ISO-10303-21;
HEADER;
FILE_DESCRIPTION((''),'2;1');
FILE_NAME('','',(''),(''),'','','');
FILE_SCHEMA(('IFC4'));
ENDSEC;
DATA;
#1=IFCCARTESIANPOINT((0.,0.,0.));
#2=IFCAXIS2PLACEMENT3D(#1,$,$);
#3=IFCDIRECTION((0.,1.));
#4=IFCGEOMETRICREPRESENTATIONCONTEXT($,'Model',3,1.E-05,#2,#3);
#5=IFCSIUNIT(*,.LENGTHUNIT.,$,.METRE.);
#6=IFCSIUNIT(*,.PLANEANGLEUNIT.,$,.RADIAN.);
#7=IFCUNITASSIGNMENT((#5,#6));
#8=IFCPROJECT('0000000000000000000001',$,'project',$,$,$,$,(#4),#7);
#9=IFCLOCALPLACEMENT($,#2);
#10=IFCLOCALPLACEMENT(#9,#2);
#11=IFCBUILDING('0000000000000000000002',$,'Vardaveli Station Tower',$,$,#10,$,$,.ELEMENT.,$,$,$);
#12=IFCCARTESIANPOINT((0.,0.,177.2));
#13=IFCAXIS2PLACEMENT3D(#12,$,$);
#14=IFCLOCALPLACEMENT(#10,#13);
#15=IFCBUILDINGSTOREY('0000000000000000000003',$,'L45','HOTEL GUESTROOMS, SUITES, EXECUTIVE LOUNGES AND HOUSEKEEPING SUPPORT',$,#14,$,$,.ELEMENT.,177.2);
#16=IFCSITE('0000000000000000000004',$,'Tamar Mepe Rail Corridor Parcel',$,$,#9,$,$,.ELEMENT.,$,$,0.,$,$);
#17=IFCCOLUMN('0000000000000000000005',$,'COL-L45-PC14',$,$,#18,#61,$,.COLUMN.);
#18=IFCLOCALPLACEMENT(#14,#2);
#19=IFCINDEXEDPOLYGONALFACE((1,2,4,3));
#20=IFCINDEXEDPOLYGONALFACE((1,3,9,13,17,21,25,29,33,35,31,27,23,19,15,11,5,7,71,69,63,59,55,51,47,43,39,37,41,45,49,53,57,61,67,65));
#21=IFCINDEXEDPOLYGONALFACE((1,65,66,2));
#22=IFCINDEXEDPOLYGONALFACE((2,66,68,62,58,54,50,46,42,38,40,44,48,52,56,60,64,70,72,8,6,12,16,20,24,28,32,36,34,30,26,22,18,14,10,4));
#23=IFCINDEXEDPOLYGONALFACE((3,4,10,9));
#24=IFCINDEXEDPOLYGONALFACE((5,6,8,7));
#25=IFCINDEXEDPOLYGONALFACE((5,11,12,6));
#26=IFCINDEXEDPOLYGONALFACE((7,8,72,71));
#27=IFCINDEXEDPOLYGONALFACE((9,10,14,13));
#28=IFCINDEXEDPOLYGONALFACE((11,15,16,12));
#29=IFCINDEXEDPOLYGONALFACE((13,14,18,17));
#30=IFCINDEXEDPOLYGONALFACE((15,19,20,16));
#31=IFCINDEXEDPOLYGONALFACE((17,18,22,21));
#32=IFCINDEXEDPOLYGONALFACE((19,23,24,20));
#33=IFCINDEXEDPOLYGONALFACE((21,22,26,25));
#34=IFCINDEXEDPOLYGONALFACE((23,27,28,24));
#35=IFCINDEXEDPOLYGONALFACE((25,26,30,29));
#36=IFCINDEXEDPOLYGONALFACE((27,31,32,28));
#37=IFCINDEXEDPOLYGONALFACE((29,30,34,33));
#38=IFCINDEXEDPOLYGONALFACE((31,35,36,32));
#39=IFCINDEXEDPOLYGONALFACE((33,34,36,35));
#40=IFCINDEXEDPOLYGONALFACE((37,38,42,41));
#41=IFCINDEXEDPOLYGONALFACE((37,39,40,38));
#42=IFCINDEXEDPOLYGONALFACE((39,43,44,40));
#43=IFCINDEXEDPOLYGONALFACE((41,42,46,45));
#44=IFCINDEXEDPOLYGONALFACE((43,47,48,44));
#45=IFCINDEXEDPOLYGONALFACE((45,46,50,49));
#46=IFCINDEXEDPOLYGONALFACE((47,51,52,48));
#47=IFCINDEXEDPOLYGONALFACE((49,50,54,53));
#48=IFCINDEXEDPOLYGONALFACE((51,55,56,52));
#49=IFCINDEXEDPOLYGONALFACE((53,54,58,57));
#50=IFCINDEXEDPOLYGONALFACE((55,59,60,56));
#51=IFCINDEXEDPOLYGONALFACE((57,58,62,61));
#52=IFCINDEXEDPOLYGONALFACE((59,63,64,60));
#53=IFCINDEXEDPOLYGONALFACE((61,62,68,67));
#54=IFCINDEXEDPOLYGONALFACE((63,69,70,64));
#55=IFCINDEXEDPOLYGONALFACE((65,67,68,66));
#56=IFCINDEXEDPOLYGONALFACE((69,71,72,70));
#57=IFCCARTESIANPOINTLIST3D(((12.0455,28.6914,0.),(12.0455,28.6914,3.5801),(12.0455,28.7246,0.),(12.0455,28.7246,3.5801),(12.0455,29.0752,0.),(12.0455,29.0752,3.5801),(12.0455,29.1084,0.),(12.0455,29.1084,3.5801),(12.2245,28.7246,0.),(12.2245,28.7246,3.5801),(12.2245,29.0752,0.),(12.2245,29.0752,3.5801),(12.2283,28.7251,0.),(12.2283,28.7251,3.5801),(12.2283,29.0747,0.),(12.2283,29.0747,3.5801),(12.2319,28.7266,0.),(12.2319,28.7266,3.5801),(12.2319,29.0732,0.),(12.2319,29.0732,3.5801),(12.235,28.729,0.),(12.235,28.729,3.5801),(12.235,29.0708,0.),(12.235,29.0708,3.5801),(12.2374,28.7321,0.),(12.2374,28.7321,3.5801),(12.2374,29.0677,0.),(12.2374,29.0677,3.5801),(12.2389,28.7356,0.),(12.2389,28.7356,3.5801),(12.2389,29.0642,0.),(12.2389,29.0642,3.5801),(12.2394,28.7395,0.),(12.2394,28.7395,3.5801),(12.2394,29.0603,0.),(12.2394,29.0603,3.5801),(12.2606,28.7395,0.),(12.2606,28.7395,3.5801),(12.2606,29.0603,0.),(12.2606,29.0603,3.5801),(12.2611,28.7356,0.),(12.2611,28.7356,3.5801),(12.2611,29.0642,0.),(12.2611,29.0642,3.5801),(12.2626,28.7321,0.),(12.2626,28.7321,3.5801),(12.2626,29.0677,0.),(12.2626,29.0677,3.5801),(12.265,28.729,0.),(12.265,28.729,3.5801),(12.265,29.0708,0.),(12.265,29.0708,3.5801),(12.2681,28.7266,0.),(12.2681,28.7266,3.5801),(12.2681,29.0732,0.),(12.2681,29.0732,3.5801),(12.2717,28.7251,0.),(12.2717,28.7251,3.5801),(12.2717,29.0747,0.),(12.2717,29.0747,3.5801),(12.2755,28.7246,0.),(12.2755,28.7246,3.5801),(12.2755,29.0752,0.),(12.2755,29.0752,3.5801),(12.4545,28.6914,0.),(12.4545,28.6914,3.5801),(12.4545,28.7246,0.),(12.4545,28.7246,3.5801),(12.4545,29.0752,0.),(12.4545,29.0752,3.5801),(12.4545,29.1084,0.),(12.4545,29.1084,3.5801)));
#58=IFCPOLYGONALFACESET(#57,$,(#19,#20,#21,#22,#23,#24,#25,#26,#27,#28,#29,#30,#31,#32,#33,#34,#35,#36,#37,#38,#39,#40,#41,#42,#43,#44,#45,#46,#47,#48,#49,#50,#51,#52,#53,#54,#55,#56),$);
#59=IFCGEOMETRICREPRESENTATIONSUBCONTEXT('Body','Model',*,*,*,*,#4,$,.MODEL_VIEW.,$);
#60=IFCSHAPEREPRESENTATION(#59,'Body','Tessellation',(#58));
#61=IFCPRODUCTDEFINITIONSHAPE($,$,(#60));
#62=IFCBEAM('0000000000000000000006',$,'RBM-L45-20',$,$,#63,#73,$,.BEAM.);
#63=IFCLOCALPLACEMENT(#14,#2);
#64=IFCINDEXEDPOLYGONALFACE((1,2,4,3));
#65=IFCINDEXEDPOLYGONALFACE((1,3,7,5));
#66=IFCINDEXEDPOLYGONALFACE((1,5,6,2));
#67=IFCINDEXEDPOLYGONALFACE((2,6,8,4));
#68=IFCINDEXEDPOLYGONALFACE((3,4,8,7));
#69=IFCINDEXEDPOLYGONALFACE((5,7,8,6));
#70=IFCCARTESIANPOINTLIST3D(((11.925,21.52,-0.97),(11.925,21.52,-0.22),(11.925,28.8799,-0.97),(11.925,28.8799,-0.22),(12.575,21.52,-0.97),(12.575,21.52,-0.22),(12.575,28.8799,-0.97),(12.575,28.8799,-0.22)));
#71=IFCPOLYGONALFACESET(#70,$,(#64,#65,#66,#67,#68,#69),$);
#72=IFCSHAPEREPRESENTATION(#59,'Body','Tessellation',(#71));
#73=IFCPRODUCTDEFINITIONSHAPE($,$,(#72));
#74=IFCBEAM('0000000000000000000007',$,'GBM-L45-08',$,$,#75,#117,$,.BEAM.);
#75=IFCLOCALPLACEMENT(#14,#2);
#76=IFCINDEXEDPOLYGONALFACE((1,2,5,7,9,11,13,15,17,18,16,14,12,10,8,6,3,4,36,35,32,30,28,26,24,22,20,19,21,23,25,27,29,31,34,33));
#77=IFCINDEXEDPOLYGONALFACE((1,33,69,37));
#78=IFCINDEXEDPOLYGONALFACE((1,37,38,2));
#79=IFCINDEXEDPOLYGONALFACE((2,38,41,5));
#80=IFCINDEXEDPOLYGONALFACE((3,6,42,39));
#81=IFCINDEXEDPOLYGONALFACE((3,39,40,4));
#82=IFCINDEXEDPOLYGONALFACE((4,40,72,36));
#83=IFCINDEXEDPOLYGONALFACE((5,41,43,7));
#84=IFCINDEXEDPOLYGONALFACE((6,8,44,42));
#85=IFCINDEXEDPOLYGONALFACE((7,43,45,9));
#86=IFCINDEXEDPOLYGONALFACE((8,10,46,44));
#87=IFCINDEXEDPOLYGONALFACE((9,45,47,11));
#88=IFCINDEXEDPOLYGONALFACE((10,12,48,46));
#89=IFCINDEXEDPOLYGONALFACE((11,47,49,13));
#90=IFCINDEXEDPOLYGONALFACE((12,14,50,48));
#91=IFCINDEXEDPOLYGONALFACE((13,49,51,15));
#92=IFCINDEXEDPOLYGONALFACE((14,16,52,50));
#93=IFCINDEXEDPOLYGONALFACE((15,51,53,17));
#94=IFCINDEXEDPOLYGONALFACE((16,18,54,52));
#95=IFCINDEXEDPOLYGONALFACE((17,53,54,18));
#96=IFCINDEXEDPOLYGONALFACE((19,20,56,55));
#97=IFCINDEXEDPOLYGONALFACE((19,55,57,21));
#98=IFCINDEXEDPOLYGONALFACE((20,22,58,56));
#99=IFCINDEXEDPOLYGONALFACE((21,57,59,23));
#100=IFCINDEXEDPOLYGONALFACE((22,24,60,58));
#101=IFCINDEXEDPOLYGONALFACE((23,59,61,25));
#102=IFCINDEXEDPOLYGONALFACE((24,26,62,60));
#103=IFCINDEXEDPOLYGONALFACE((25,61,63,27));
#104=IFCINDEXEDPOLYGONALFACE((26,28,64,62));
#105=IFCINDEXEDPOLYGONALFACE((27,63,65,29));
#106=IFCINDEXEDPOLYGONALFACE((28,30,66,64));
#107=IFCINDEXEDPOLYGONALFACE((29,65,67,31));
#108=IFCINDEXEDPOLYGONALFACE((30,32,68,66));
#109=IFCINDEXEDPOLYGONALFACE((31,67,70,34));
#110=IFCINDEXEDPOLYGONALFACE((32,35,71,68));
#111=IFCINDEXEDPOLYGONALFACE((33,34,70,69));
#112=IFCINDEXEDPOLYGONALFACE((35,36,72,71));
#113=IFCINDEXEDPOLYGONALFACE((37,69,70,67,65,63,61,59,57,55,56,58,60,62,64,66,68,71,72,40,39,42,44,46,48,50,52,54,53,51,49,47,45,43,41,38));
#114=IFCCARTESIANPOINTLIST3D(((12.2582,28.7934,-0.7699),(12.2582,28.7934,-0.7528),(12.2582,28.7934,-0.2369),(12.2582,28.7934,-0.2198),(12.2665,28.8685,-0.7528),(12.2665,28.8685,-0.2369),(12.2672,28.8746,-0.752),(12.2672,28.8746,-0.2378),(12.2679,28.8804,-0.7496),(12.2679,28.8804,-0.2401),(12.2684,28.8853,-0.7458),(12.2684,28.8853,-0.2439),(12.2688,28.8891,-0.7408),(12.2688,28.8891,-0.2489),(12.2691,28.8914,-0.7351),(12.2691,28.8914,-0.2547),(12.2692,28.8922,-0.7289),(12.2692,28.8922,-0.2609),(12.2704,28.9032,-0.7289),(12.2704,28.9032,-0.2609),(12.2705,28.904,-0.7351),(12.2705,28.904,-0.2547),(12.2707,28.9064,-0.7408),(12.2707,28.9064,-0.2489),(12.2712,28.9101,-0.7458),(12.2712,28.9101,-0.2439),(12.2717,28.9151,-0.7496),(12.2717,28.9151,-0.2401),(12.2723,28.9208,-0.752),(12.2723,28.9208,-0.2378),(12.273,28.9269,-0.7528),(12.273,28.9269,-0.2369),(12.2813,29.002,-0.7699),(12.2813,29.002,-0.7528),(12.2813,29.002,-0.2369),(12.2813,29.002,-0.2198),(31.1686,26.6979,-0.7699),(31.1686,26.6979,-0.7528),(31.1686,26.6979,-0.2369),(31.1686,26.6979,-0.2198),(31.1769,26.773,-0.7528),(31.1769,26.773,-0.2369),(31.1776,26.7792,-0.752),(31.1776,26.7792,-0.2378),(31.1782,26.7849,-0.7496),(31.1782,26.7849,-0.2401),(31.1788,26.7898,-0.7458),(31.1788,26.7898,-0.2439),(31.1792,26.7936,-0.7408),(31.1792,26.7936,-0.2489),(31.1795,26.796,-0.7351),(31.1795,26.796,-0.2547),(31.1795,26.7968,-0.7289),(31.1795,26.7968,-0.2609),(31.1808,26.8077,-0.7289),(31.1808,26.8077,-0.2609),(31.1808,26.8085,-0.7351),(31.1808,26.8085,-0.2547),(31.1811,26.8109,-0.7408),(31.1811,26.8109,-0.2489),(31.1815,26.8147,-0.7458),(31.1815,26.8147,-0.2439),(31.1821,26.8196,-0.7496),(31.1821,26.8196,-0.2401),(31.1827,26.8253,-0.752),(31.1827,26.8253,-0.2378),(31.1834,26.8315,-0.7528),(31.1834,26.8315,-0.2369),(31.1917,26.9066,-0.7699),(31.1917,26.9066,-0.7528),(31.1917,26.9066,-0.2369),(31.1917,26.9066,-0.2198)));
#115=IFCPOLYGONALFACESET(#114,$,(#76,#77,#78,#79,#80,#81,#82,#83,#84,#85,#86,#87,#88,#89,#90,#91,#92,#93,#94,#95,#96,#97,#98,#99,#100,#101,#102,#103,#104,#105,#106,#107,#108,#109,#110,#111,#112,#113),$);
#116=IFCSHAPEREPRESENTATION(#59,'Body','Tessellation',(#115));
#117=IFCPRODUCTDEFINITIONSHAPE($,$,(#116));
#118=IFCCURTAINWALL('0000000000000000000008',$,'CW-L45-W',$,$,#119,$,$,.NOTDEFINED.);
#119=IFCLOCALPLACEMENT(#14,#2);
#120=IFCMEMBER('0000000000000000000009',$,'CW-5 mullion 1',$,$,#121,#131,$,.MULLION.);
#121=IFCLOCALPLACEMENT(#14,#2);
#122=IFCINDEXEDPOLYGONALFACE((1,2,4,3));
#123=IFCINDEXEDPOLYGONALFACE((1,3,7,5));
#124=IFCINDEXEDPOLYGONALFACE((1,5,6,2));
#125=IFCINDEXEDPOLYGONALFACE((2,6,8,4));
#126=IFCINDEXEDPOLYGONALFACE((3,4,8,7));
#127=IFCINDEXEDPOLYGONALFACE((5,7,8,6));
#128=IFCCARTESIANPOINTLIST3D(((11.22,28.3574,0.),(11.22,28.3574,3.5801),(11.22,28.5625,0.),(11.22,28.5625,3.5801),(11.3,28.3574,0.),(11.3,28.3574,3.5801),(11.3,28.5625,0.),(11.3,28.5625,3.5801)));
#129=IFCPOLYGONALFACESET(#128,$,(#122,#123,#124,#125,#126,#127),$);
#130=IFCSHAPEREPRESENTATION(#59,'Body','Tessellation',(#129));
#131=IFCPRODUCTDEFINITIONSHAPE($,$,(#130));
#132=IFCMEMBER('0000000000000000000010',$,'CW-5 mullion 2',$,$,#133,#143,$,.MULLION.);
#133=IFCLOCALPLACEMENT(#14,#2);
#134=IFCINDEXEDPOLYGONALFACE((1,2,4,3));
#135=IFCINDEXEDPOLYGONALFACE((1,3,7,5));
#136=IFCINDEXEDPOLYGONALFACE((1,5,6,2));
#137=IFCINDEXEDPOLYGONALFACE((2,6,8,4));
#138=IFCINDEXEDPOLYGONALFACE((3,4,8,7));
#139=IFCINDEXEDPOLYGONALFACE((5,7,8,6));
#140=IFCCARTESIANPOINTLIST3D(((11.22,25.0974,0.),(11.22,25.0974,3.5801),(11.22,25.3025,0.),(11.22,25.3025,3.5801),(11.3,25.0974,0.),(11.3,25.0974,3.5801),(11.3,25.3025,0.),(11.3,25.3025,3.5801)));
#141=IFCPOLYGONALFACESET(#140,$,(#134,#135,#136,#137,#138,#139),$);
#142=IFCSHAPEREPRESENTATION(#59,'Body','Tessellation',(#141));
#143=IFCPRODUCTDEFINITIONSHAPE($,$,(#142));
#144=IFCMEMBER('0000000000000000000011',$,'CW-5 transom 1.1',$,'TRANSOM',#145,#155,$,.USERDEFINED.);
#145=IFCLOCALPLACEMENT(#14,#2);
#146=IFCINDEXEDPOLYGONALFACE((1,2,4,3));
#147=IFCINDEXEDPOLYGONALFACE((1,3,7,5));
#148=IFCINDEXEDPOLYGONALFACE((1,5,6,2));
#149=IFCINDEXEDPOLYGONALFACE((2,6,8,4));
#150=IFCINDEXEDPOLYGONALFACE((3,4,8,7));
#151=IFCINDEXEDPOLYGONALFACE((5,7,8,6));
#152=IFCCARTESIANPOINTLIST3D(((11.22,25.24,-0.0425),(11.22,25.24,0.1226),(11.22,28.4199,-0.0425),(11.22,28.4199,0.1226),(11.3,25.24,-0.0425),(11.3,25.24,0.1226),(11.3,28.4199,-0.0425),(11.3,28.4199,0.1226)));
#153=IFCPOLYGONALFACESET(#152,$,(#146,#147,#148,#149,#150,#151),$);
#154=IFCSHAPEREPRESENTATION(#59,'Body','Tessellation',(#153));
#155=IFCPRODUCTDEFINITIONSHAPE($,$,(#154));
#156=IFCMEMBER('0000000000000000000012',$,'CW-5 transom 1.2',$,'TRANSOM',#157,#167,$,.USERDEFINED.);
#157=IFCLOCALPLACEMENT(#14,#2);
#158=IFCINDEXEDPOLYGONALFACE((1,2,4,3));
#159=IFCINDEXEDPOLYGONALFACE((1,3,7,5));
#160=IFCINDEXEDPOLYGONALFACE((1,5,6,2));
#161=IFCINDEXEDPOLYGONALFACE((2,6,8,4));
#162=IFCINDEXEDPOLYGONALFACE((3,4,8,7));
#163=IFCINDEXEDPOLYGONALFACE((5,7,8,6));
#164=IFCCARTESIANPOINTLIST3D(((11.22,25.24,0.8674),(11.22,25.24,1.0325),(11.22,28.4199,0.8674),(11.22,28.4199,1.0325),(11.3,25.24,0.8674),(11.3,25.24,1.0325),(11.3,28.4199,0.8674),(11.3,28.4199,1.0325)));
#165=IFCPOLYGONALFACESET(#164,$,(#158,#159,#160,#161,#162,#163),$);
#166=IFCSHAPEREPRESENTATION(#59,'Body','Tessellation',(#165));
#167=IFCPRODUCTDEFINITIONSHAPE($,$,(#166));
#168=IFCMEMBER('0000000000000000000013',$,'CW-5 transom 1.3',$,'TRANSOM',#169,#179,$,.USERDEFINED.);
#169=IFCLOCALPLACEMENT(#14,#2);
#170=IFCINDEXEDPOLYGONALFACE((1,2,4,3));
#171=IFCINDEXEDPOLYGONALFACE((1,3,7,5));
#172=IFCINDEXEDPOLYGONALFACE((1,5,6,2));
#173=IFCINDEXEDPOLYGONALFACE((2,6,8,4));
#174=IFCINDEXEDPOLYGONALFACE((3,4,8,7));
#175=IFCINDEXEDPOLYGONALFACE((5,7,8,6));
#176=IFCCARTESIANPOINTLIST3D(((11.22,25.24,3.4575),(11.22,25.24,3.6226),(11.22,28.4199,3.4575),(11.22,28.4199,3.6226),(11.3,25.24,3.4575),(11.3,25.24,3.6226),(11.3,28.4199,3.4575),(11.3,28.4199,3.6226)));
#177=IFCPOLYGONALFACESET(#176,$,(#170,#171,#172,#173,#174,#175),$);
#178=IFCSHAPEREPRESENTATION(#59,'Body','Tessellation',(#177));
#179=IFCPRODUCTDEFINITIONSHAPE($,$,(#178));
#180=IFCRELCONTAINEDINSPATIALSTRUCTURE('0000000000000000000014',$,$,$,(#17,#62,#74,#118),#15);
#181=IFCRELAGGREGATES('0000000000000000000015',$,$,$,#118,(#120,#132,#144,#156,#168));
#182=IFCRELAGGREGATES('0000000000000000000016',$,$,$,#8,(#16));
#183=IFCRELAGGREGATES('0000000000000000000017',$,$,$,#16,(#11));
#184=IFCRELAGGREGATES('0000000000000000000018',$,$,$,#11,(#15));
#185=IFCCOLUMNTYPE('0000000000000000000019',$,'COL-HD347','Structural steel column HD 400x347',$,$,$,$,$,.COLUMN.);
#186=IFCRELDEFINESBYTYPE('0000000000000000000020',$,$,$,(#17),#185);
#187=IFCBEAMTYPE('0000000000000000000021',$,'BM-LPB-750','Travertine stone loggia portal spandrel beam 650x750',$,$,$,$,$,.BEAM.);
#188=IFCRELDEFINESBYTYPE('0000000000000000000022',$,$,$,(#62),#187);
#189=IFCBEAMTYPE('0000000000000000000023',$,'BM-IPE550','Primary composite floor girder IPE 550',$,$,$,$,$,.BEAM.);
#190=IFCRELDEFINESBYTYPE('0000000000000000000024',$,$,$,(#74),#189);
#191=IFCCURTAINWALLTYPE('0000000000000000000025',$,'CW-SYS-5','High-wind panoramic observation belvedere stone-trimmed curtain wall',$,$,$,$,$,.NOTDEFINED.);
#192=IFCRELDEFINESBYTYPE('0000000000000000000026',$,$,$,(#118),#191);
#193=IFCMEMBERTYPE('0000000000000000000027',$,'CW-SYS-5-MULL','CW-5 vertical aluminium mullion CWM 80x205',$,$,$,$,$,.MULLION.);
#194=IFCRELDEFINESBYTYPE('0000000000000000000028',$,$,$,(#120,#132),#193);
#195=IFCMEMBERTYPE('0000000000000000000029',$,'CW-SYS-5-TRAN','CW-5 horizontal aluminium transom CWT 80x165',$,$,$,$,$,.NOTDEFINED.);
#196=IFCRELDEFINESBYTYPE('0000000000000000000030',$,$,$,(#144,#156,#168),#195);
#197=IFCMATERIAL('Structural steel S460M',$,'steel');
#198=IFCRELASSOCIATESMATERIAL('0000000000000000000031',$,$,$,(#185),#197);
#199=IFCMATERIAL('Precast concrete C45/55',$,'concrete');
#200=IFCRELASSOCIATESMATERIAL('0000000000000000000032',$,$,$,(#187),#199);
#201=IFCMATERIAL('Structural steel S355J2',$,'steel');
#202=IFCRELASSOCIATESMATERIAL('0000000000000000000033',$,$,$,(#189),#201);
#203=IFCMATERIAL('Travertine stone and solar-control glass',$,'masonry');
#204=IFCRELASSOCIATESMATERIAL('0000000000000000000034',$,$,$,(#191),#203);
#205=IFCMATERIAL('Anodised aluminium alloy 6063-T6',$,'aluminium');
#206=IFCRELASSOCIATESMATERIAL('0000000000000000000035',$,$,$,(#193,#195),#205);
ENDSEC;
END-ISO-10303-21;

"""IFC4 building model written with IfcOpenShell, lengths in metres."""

from ifc_helpers import new_model, si_unit, direction, frame, origin, origin_2d, place, context, subcontext, project, spatial, rectangle, i_section, extrude, source, transform, mapped, material, material_profile, profile_set, type_object, element, aggregate, save


model = new_model("IFC4")

# Units and contexts
model_context = context("Model", 3, precision=1e-05, world=origin(), true_north=direction((0.0, 1.0)))
body_context = subcontext(model_context, "Body", "Model", "MODEL_VIEW")
ifc_project = project(units=[si_unit("LENGTHUNIT", "METRE"), si_unit("PLANEANGLEUNIT", "RADIAN")], contexts=[model_context])

# Site, building, storey
site_placement = place(None, origin())
site = spatial("IfcSite", under=ifc_project, at=site_placement, Name="Tamar Mepe Rail Corridor Parcel", CompositionType="ELEMENT", RefElevation=0.0)
building_placement = place(site_placement, origin())
building = spatial("IfcBuilding", under=site, at=building_placement, Name="Vardaveli Station Tower", CompositionType="ELEMENT")
storey_placement = place(building_placement, frame((0.0, 0.0, 177.2)))
storey = spatial("IfcBuildingStorey", under=building, at=storey_placement, Name="L45", Description="HOTEL GUESTROOMS, SUITES, EXECUTIVE LOUNGES AND HOUSEKEEPING SUPPORT", CompositionType="ELEMENT", Elevation=177.2)

# Column
ifc_material_1 = material(Name="Structural steel S460M", Category="steel")
ifc_material_profile_1 = material_profile(ifc_material_1, i_section(OverallWidth=0.4089, OverallDepth=0.417, WebThickness=0.0212, FlangeThickness=0.0332, FilletRadius=0.0149, at=origin_2d()), Name="HD 400x347")
ifc_profile_set_1 = profile_set([ifc_material_profile_1], Name="Structural steel S460M")
column_type = type_object("IfcColumnType", Name="COL-HD347", Description="Structural steel column HD 400x347", PredefinedType="COLUMN", material=ifc_profile_set_1)
shared_shape_1 = source(origin(), body_context, "Body", "SweptSolid", [
    extrude(i_section(OverallWidth=0.4089, OverallDepth=0.417, WebThickness=0.0212, FlangeThickness=0.0332, FilletRadius=0.0149, at=origin_2d()), origin(), (0.0, 0.0, 1.0), 3.5801),
])
column_placement = place(storey_placement, frame((12.25, 28.8999, 0.0), z_axis=(0.0, 0.0, 1.0), x_axis=(1.0, 0.0, 0.0)))
element("IfcColumn", 1, at=column_placement, inside=storey, type_object=column_type, Name="COL-L45-PC14", PredefinedType="COLUMN", context=body_context, shape_type="MappedRepresentation", body=[
    mapped(shared_shape_1, transform((0.0, 0.0, 0.0), scale=1.0)),
])

# Beams
ifc_material_2 = material(Name="Precast concrete C45/55", Category="concrete")
ifc_material_profile_2 = material_profile(ifc_material_2, rectangle(XDim=0.6499, YDim=0.75, at=origin_2d()), Name="LPB 650x750")
ifc_profile_set_2 = profile_set([ifc_material_profile_2], Name="Precast concrete C45/55")
beam_type_1 = type_object("IfcBeamType", Name="BM-LPB-750", Description="Travertine stone loggia portal spandrel beam 650x750", PredefinedType="BEAM", material=ifc_profile_set_2)
shared_shape_2 = source(origin(), body_context, "Body", "SweptSolid", [
    extrude(rectangle(XDim=0.6499, YDim=0.75, at=origin_2d()), origin(), (0.0, 0.0, 1.0), 7.3599),
])
beam_1_placement = place(storey_placement, frame((12.25, 28.8799, -0.595), z_axis=(0.0, -1.0, 0.0), x_axis=(1.0, 0.0, 0.0)))
element("IfcBeam", 2, at=beam_1_placement, inside=storey, type_object=beam_type_1, Name="RBM-L45-20", PredefinedType="BEAM", context=body_context, shape_type="MappedRepresentation", body=[
    mapped(shared_shape_2, transform((0.0, 0.0, 0.0), scale=1.0)),
])
ifc_material_3 = material(Name="Structural steel S355J2", Category="steel")
ifc_material_profile_3 = material_profile(ifc_material_3, i_section(OverallWidth=0.21, OverallDepth=0.55, WebThickness=0.011, FlangeThickness=0.0171, FilletRadius=0.0239, at=origin_2d()), Name="IPE 550")
ifc_profile_set_3 = profile_set([ifc_material_profile_3], Name="Structural steel S355J2")
beam_type_2 = type_object("IfcBeamType", Name="BM-IPE550", Description="Primary composite floor girder IPE 550", PredefinedType="BEAM", material=ifc_profile_set_3)
shared_shape_3 = source(origin(), body_context, "Body", "SweptSolid", [
    extrude(i_section(OverallWidth=0.21, OverallDepth=0.55, WebThickness=0.011, FlangeThickness=0.0171, FilletRadius=0.0239, at=origin_2d()), origin(), (0.0, 0.0, 1.0), 19.0261),
])
beam_2_placement = place(storey_placement, frame((12.2698, 28.8977, -0.4949), z_axis=(0.993917, -0.110136, 0.0), x_axis=(0.110136, 0.993917, 0.0)))
element("IfcBeam", 3, at=beam_2_placement, inside=storey, type_object=beam_type_2, Name="GBM-L45-08", PredefinedType="BEAM", context=body_context, shape_type="MappedRepresentation", body=[
    mapped(shared_shape_3, transform((0.0, 0.0, 0.0), scale=1.0)),
])

# Curtain wall, members
ifc_material_4 = material(Name="Travertine stone and solar-control glass", Category="masonry")
curtain_wall_type = type_object("IfcCurtainWallType", Name="CW-SYS-5", Description="High-wind panoramic observation belvedere stone-trimmed curtain wall", PredefinedType="NOTDEFINED", material=ifc_material_4)
curtain_wall_placement = place(storey_placement, origin())
curtain_wall = element("IfcCurtainWall", 4, at=curtain_wall_placement, inside=storey, type_object=curtain_wall_type, Name="CW-L45-W", PredefinedType="NOTDEFINED")
ifc_material_5 = material(Name="Anodised aluminium alloy 6063-T6", Category="aluminium")
ifc_material_profile_4 = material_profile(ifc_material_5, rectangle(XDim=0.0801, YDim=0.2051, at=origin_2d()), Name="CWM 80x205")
ifc_profile_set_4 = profile_set([ifc_material_profile_4], Name="Anodised aluminium alloy 6063-T6")
member_type_1 = type_object("IfcMemberType", Name="CW-SYS-5-MULL", Description="CW-5 vertical aluminium mullion CWM 80x205", PredefinedType="MULLION", material=ifc_profile_set_4)
shared_shape_4 = source(origin(), body_context, "Body", "SweptSolid", [
    extrude(rectangle(XDim=0.0801, YDim=0.2051, at=origin_2d()), origin(), (0.0, 0.0, 1.0), 3.5801),
])
member_1_placement = place(storey_placement, frame((11.26, 28.46, 0.0), z_axis=(0.0, 0.0, 1.0), x_axis=(1.0, 0.0, 0.0)))
member_1 = element("IfcMember", 5, at=member_1_placement, type_object=member_type_1, Name="CW-5 mullion 1", PredefinedType="MULLION", context=body_context, shape_type="MappedRepresentation", body=[
    mapped(shared_shape_4, transform((0.0, 0.0, 0.0), scale=1.0)),
])
member_2_placement = place(storey_placement, frame((11.26, 25.2, 0.0), z_axis=(0.0, 0.0, 1.0), x_axis=(1.0, 0.0, 0.0)))
member_2 = element("IfcMember", 6, at=member_2_placement, type_object=member_type_1, Name="CW-5 mullion 2", PredefinedType="MULLION", context=body_context, shape_type="MappedRepresentation", body=[
    mapped(shared_shape_4, transform((0.0, 0.0, 0.0), scale=1.0)),
])
ifc_material_profile_5 = material_profile(ifc_material_5, rectangle(XDim=0.0801, YDim=0.165, at=origin_2d()), Name="CWT 80x165")
ifc_profile_set_5 = profile_set([ifc_material_profile_5], Name="Anodised aluminium alloy 6063-T6")
member_type_2 = type_object("IfcMemberType", Name="CW-SYS-5-TRAN", Description="CW-5 horizontal aluminium transom CWT 80x165", PredefinedType="NOTDEFINED", material=ifc_profile_set_5)
shared_shape_5 = source(origin(), body_context, "Body", "SweptSolid", [
    extrude(rectangle(XDim=0.0801, YDim=0.165, at=origin_2d()), origin(), (0.0, 0.0, 1.0), 3.1799),
])
member_3_placement = place(storey_placement, frame((11.26, 28.4199, 0.04), z_axis=(0.0, -1.0, 0.0), x_axis=(1.0, 0.0, 0.0)))
member_3 = element("IfcMember", 7, at=member_3_placement, type_object=member_type_2, Name="CW-5 transom 1.1", ObjectType="TRANSOM", PredefinedType="USERDEFINED", context=body_context, shape_type="MappedRepresentation", body=[
    mapped(shared_shape_5, transform((0.0, 0.0, 0.0), scale=1.0)),
])
member_4_placement = place(storey_placement, frame((11.26, 28.4199, 0.95), z_axis=(0.0, -1.0, 0.0), x_axis=(1.0, 0.0, 0.0)))
member_4 = element("IfcMember", 8, at=member_4_placement, type_object=member_type_2, Name="CW-5 transom 1.2", ObjectType="TRANSOM", PredefinedType="USERDEFINED", context=body_context, shape_type="MappedRepresentation", body=[
    mapped(shared_shape_5, transform((0.0, 0.0, 0.0), scale=1.0)),
])
member_5_placement = place(storey_placement, frame((11.26, 28.4199, 3.54), z_axis=(0.0, -1.0, 0.0), x_axis=(1.0, 0.0, 0.0)))
member_5 = element("IfcMember", 9, at=member_5_placement, type_object=member_type_2, Name="CW-5 transom 1.3", ObjectType="TRANSOM", PredefinedType="USERDEFINED", context=body_context, shape_type="MappedRepresentation", body=[
    mapped(shared_shape_5, transform((0.0, 0.0, 0.0), scale=1.0)),
])
aggregate(curtain_wall, [member_1, member_2, member_3, member_4, member_5])

save(model, "model.ifc")
